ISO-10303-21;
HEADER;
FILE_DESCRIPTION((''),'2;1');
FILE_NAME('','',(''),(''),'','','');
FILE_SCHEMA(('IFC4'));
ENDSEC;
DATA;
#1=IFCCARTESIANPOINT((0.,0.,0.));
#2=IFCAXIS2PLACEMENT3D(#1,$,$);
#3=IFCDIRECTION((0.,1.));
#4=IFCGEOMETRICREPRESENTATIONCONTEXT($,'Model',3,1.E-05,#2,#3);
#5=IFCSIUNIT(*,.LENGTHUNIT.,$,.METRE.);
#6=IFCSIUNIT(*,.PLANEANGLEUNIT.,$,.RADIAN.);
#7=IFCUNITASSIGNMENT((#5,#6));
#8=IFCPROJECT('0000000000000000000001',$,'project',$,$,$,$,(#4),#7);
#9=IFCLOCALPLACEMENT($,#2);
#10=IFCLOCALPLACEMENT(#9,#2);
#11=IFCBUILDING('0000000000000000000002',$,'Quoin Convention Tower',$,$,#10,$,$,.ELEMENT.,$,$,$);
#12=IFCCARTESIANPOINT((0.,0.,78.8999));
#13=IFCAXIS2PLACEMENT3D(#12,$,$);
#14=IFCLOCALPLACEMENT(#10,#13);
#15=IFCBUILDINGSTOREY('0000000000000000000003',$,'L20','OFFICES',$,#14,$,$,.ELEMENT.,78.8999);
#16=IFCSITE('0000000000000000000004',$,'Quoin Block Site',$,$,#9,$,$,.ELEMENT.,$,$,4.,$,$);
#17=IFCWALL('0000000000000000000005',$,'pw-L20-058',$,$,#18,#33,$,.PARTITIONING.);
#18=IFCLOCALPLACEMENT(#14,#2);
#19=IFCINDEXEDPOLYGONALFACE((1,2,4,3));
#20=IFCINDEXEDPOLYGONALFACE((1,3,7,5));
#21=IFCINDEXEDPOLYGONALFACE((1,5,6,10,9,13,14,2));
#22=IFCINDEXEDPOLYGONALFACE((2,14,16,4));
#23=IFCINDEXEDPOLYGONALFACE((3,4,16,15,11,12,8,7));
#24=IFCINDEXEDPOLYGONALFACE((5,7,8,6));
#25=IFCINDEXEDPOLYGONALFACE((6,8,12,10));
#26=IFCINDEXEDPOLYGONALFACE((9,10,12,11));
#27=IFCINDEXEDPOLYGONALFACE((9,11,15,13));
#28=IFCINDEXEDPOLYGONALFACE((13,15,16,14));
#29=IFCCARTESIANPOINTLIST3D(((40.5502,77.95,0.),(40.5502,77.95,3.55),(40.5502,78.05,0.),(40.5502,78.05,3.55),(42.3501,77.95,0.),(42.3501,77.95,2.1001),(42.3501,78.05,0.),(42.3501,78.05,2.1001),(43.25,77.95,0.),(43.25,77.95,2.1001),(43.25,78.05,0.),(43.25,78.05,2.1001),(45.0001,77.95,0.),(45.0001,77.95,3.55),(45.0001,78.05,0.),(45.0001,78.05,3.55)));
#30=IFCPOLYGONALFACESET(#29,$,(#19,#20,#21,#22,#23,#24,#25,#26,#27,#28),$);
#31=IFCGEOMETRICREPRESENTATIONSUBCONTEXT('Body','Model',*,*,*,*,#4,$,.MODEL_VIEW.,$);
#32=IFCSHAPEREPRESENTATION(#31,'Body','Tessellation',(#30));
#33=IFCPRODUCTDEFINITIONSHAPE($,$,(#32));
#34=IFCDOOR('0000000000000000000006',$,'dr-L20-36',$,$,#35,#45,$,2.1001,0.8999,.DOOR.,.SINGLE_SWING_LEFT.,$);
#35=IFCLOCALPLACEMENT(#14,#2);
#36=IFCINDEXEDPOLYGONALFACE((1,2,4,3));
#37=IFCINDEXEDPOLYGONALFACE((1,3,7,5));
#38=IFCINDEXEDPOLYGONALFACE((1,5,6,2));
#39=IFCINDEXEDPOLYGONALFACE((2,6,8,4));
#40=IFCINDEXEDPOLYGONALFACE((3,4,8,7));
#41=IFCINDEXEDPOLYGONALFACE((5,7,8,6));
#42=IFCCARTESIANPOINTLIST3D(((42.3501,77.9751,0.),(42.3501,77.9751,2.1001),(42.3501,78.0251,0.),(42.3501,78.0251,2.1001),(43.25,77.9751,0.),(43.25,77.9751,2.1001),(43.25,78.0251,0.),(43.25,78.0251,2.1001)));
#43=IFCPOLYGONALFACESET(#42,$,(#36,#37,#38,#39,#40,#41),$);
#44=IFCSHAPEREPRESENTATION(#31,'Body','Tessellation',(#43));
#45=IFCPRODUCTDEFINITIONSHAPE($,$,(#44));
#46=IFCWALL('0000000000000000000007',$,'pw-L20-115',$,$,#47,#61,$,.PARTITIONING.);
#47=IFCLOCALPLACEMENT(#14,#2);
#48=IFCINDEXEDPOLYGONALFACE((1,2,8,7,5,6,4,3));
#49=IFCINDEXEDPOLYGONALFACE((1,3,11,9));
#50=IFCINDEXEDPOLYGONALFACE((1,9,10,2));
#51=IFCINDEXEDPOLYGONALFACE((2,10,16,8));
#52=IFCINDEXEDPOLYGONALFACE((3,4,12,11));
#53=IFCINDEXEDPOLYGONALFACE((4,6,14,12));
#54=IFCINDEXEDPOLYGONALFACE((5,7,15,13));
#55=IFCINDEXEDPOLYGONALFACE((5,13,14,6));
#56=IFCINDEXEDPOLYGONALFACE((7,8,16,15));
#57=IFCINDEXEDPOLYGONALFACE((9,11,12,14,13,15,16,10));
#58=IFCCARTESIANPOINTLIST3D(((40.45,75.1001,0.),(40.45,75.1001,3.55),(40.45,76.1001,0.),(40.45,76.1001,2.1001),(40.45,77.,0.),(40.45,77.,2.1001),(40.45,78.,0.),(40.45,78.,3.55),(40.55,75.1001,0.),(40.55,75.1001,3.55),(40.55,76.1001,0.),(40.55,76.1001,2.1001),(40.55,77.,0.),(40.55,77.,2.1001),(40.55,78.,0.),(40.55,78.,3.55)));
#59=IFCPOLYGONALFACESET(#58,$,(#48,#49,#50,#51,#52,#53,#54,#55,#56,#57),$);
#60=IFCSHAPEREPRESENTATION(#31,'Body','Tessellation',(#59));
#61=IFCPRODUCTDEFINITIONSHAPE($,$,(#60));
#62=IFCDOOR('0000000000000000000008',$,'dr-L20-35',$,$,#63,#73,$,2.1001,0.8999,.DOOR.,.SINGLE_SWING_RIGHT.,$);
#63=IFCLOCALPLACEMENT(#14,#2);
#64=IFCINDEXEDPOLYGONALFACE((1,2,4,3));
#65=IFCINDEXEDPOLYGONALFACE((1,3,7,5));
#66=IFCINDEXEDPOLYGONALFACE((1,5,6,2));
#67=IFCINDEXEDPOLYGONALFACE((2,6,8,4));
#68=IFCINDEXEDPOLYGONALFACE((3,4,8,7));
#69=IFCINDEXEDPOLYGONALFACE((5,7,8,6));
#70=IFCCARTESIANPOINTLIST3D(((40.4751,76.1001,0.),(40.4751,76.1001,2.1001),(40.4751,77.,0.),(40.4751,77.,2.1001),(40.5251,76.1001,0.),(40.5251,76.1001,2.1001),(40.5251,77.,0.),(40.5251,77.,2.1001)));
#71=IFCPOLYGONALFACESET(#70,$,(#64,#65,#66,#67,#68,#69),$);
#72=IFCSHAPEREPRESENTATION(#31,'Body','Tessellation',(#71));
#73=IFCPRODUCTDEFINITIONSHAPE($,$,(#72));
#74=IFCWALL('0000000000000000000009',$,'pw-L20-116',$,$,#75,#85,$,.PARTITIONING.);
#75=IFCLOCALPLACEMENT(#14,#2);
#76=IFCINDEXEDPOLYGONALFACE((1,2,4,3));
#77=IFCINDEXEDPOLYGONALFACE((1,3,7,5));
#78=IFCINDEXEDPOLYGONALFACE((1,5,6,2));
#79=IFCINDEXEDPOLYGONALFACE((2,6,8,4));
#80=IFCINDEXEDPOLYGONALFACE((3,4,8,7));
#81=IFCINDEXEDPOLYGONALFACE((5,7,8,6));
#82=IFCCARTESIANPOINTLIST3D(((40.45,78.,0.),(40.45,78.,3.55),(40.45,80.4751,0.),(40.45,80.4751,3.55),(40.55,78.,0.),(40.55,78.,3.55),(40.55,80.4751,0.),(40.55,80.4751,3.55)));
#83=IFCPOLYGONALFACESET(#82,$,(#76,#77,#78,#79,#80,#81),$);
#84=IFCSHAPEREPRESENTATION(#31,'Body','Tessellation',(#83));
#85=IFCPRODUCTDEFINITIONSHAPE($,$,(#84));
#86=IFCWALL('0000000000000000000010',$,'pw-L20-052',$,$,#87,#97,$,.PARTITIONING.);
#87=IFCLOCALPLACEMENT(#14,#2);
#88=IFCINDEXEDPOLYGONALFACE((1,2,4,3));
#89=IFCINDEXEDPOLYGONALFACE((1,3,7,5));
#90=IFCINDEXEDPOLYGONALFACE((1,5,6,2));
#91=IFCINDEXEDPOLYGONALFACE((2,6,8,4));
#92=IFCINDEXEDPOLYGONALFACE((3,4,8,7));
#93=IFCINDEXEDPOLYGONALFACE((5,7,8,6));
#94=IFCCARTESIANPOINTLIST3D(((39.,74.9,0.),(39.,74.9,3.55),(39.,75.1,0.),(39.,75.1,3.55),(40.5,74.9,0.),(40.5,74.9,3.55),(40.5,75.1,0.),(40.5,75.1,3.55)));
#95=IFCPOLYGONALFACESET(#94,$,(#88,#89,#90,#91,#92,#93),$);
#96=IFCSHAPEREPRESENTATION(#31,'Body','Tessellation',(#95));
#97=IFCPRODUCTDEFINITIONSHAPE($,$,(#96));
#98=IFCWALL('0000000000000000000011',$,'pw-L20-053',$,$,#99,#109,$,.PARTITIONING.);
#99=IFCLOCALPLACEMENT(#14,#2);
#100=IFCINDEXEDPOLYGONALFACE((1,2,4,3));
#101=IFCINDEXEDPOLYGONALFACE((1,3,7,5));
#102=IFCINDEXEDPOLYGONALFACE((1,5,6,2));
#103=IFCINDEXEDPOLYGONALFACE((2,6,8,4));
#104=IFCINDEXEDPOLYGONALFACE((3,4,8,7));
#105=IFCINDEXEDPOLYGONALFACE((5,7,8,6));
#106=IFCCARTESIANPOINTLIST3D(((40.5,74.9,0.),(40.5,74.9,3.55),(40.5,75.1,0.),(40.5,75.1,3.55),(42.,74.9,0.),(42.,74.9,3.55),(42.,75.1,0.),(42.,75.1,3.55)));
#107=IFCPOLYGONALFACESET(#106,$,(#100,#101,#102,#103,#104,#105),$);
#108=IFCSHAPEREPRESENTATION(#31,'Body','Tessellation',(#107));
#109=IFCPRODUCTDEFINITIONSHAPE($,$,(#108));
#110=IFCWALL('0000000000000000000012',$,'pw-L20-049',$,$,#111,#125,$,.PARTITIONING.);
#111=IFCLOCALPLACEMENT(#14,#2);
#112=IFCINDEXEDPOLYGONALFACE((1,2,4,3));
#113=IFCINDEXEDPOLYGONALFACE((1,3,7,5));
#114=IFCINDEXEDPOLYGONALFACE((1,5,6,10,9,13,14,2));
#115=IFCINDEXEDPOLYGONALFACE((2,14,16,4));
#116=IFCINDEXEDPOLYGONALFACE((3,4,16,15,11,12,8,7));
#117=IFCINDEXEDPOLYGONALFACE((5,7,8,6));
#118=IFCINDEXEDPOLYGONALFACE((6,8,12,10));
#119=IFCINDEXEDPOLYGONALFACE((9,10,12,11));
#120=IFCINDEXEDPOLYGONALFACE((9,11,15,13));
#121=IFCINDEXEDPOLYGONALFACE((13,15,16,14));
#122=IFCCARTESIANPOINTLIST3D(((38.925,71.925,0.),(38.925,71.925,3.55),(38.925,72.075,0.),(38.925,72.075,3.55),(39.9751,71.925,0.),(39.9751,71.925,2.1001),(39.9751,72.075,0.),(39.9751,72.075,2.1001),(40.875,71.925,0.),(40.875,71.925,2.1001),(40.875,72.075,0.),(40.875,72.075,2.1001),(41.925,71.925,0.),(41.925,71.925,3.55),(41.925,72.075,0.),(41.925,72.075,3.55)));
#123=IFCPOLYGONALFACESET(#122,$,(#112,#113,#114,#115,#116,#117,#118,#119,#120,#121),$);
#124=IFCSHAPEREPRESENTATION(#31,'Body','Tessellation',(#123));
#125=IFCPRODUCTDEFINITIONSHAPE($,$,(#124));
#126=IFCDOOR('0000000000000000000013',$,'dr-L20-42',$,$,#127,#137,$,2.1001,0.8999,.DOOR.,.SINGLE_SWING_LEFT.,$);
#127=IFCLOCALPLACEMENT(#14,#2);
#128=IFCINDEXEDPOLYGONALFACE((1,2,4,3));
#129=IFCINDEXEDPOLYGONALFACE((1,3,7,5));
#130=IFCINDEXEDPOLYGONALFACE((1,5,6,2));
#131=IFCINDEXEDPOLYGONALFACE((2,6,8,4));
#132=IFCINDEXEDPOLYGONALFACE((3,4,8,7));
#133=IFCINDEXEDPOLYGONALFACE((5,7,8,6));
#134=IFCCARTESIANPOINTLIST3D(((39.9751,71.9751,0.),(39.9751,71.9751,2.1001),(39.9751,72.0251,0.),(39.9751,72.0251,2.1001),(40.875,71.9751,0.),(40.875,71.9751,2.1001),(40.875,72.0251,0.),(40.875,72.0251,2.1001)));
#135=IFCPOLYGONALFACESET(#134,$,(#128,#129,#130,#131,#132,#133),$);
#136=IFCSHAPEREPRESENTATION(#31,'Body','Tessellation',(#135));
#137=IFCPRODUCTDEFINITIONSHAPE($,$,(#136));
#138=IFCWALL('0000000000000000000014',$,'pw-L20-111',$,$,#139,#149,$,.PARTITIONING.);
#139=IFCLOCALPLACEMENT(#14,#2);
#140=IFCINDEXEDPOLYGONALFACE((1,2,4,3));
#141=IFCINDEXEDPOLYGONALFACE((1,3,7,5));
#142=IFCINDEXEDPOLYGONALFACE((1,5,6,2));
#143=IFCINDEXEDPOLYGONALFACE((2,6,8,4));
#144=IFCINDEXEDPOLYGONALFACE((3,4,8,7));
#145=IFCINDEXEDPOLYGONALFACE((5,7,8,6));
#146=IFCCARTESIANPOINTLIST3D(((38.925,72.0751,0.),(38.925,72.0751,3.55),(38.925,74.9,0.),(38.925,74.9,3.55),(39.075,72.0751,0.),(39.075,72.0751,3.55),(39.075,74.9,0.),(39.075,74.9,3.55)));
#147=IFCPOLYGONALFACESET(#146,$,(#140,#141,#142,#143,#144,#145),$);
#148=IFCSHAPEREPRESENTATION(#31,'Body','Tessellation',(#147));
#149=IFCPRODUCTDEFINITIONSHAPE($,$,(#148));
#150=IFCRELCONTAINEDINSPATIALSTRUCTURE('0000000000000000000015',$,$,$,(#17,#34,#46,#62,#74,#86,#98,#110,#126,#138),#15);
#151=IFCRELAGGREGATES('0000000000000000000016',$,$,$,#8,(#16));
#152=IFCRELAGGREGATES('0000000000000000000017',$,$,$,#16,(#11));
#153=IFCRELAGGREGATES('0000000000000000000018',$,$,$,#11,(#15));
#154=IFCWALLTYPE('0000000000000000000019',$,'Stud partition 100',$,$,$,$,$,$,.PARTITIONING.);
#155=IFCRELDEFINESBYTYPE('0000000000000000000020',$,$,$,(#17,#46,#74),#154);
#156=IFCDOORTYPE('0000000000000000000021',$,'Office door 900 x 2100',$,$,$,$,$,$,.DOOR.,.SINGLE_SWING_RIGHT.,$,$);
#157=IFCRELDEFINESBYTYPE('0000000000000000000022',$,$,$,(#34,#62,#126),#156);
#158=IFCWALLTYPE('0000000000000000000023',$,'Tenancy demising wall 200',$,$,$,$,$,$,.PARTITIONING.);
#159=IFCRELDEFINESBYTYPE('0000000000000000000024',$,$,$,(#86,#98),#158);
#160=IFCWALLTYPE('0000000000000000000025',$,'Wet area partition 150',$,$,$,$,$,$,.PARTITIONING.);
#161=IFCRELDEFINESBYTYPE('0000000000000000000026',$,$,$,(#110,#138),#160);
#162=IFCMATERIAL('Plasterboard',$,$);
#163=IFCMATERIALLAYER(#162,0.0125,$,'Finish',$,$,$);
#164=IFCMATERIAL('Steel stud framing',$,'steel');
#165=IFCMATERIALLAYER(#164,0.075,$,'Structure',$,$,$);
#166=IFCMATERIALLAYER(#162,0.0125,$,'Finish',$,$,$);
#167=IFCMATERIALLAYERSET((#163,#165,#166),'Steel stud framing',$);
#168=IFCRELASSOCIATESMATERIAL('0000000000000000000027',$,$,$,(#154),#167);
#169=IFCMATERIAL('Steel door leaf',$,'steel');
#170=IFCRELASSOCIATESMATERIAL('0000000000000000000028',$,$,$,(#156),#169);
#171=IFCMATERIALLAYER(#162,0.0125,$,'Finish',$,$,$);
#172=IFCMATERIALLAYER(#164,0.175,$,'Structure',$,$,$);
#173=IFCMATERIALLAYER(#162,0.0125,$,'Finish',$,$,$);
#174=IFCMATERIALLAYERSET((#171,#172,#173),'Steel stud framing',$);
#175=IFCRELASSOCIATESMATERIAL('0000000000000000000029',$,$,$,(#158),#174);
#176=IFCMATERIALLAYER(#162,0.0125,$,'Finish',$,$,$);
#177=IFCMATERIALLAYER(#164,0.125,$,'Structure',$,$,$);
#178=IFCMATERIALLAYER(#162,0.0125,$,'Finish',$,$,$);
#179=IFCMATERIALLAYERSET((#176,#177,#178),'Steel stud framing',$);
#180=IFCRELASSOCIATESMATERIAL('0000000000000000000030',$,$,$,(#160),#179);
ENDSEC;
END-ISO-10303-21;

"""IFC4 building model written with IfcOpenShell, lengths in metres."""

from ifc_helpers import new_model, si_unit, direction, frame, frame_2d, origin, place, context, subcontext, project, spatial, rectangle, extrude, material, layer, layer_set, type_object, element, fill, save


model = new_model("IFC4")

# Units and contexts
model_context = context("Model", 3, precision=1e-05, world=origin(), true_north=direction((0.0, 1.0)))
body_context = subcontext(model_context, "Body", "Model", "MODEL_VIEW")
ifc_project = project(units=[si_unit("LENGTHUNIT", "METRE"), si_unit("PLANEANGLEUNIT", "RADIAN")], contexts=[model_context])

# Site, building, storey
site_placement = place(None, origin())
site = spatial("IfcSite", under=ifc_project, at=site_placement, Name="Quoin Block Site", CompositionType="ELEMENT", RefElevation=4.0)
building_placement = place(site_placement, origin())
building = spatial("IfcBuilding", under=site, at=building_placement, Name="Quoin Convention Tower", CompositionType="ELEMENT")
storey_placement = place(building_placement, frame((0.0, 0.0, 78.8999)))
storey = spatial("IfcBuildingStorey", under=building, at=storey_placement, Name="L20", Description="OFFICES", CompositionType="ELEMENT", Elevation=78.8999)

# Shared definitions
ifc_material_1 = material(Name="Plasterboard")
ifc_material_2 = material(Name="Steel stud framing", Category="steel")

# Shared definitions
ifc_material_3 = material(Name="Steel door leaf", Category="steel")

# Walls, openings, doors
ifc_layer_1 = layer(ifc_material_1, 0.0125, Name="Finish")
ifc_layer_2 = layer(ifc_material_2, 0.075, Name="Structure")
ifc_layer_3 = layer(ifc_material_1, 0.0125, Name="Finish")
ifc_layer_set_1 = layer_set([ifc_layer_1, ifc_layer_2, ifc_layer_3], Name="Steel stud framing")
wall_type_1 = type_object("IfcWallType", Name="Stud partition 100", PredefinedType="PARTITIONING", material=ifc_layer_set_1)
wall_1_placement = place(storey_placement, frame((40.55, 78.0, 0.0), z_axis=(0.0, 0.0, 1.0), x_axis=(1.0, 0.0, 0.0)))
wall_1 = element("IfcWall", 1, at=wall_1_placement, inside=storey, type_object=wall_type_1, Name="pw-L20-058", PredefinedType="PARTITIONING", context=body_context, shape_type="SweptSolid", body=[
    extrude(rectangle(XDim=4.45, YDim=0.1001, at=frame_2d((2.2251, 0.0))), origin(), (0.0, 0.0, 1.0), 3.55),
])
opening_1_placement = place(wall_1_placement, frame((1.8, 0.0, 0.0)))
opening_1 = element("IfcOpeningElement", 2, at=opening_1_placement, cuts=wall_1, PredefinedType="OPENING", context=body_context, shape_type="SweptSolid", body=[
    extrude(rectangle(XDim=0.8999, YDim=2.1001, at=frame_2d((0.45, 1.05))), frame((0.0, 0.0601, 0.0), z_axis=(0.0, -1.0, 0.0), x_axis=(1.0, 0.0, 0.0)), (0.0, 0.0, 1.0), 0.1201),
])
door_type_1 = type_object("IfcDoorType", Name="Office door 900 x 2100", OperationType="SINGLE_SWING_RIGHT", PredefinedType="DOOR", material=ifc_material_3)
door_1_placement = place(opening_1_placement, frame((0.8999, 0.0, 0.0), z_axis=(0.0, 0.0, 1.0), x_axis=(-1.0, 0.0, 0.0)))
door_1 = element("IfcDoor", 3, at=door_1_placement, inside=storey, type_object=door_type_1, Name="dr-L20-36", OperationType="SINGLE_SWING_LEFT", OverallHeight=2.1001, OverallWidth=0.8999, PredefinedType="DOOR", context=body_context, shape_type="SweptSolid", body=[
    extrude(rectangle(XDim=0.8999, YDim=2.1001, at=frame_2d((0.45, 1.05))), frame((0.0, 0.0249, 0.0), z_axis=(0.0, -1.0, 0.0), x_axis=(1.0, 0.0, 0.0)), (0.0, 0.0, 1.0), 0.05),
])
fill(opening_1, door_1)
wall_2_placement = place(storey_placement, frame((40.5, 75.1001, 0.0), z_axis=(0.0, 0.0, 1.0), x_axis=(0.0, 1.0, 0.0)))
wall_2 = element("IfcWall", 4, at=wall_2_placement, inside=storey, type_object=wall_type_1, Name="pw-L20-115", PredefinedType="PARTITIONING", context=body_context, shape_type="SweptSolid", body=[
    extrude(rectangle(XDim=2.8999, YDim=0.1001, at=frame_2d((1.45, 0.0))), origin(), (0.0, 0.0, 1.0), 3.55),
])
opening_2_placement = place(wall_2_placement, frame((1.0, 0.0, 0.0)))
opening_2 = element("IfcOpeningElement", 5, at=opening_2_placement, cuts=wall_2, PredefinedType="OPENING", context=body_context, shape_type="SweptSolid", body=[
    extrude(rectangle(XDim=0.8999, YDim=2.1001, at=frame_2d((0.45, 1.05))), frame((0.0, 0.0601, 0.0), z_axis=(0.0, -1.0, 0.0), x_axis=(1.0, 0.0, 0.0)), (0.0, 0.0, 1.0), 0.1201),
])
door_2_placement = place(opening_2_placement, origin())
door_2 = element("IfcDoor", 6, at=door_2_placement, inside=storey, type_object=door_type_1, Name="dr-L20-35", OperationType="SINGLE_SWING_RIGHT", OverallHeight=2.1001, OverallWidth=0.8999, PredefinedType="DOOR", context=body_context, shape_type="SweptSolid", body=[
    extrude(rectangle(XDim=0.8999, YDim=2.1001, at=frame_2d((0.45, 1.05))), frame((0.0, 0.0249, 0.0), z_axis=(0.0, -1.0, 0.0), x_axis=(1.0, 0.0, 0.0)), (0.0, 0.0, 1.0), 0.05),
])
fill(opening_2, door_2)

# Walls
wall_3_placement = place(storey_placement, frame((40.5, 78.0, 0.0), z_axis=(0.0, 0.0, 1.0), x_axis=(0.0, 1.0, 0.0)))
element("IfcWall", 7, at=wall_3_placement, inside=storey, type_object=wall_type_1, Name="pw-L20-116", PredefinedType="PARTITIONING", context=body_context, shape_type="SweptSolid", body=[
    extrude(rectangle(XDim=2.4751, YDim=0.1001, at=frame_2d((1.2375, 0.0))), origin(), (0.0, 0.0, 1.0), 3.55),
])
ifc_layer_4 = layer(ifc_material_1, 0.0125, Name="Finish")
ifc_layer_5 = layer(ifc_material_2, 0.175, Name="Structure")
ifc_layer_6 = layer(ifc_material_1, 0.0125, Name="Finish")
ifc_layer_set_2 = layer_set([ifc_layer_4, ifc_layer_5, ifc_layer_6], Name="Steel stud framing")
wall_type_2 = type_object("IfcWallType", Name="Tenancy demising wall 200", PredefinedType="PARTITIONING", material=ifc_layer_set_2)
for number, where, z_axis, x_axis, name in (
    (8, (39.0, 75.0, 0.0), (0.0, 0.0, 1.0), (1.0, 0.0, 0.0), "pw-L20-052"),
    (9, (40.5, 75.0, 0.0), (0.0, 0.0, 1.0), (1.0, 0.0, 0.0), "pw-L20-053"),
):
    element("IfcWall", number, at=place(storey_placement, frame(where, z_axis=z_axis, x_axis=x_axis)), inside=storey, type_object=wall_type_2, Name=name, PredefinedType="PARTITIONING", context=body_context, shape_type="SweptSolid", body=[
        extrude(rectangle(XDim=1.5, YDim=0.2, at=frame_2d((0.75, 0.0))), origin(), (0.0, 0.0, 1.0), 3.55),
    ])

# Wall, opening, door
ifc_layer_7 = layer(ifc_material_1, 0.0125, Name="Finish")
ifc_layer_8 = layer(ifc_material_2, 0.125, Name="Structure")
ifc_layer_9 = layer(ifc_material_1, 0.0125, Name="Finish")
ifc_layer_set_3 = layer_set([ifc_layer_7, ifc_layer_8, ifc_layer_9], Name="Steel stud framing")
wall_type_3 = type_object("IfcWallType", Name="Wet area partition 150", PredefinedType="PARTITIONING", material=ifc_layer_set_3)
wall_4_placement = place(storey_placement, frame((38.925, 72.0, 0.0), z_axis=(0.0, 0.0, 1.0), x_axis=(1.0, 0.0, 0.0)))
wall_4 = element("IfcWall", 10, at=wall_4_placement, inside=storey, type_object=wall_type_3, Name="pw-L20-049", PredefinedType="PARTITIONING", context=body_context, shape_type="SweptSolid", body=[
    extrude(rectangle(XDim=3.0, YDim=0.1499, at=frame_2d((1.5, 0.0))), origin(), (0.0, 0.0, 1.0), 3.55),
])
opening_3_placement = place(wall_4_placement, frame((1.05, 0.0, 0.0)))
opening_3 = element("IfcOpeningElement", 11, at=opening_3_placement, cuts=wall_4, PredefinedType="OPENING", context=body_context, shape_type="SweptSolid", body=[
    extrude(rectangle(XDim=0.8999, YDim=2.1001, at=frame_2d((0.45, 1.05))), frame((0.0, 0.085, 0.0), z_axis=(0.0, -1.0, 0.0), x_axis=(1.0, 0.0, 0.0)), (0.0, 0.0, 1.0), 0.1699),
])
door_3_placement = place(opening_3_placement, frame((0.8999, 0.0, 0.0), z_axis=(0.0, 0.0, 1.0), x_axis=(-1.0, 0.0, 0.0)))
door_3 = element("IfcDoor", 12, at=door_3_placement, inside=storey, type_object=door_type_1, Name="dr-L20-42", OperationType="SINGLE_SWING_LEFT", OverallHeight=2.1001, OverallWidth=0.8999, PredefinedType="DOOR", context=body_context, shape_type="SweptSolid", body=[
    extrude(rectangle(XDim=0.8999, YDim=2.1001, at=frame_2d((0.45, 1.05))), frame((0.0, 0.0249, 0.0), z_axis=(0.0, -1.0, 0.0), x_axis=(1.0, 0.0, 0.0)), (0.0, 0.0, 1.0), 0.05),
])
fill(opening_3, door_3)

# Wall
wall_5_placement = place(storey_placement, frame((39.0, 72.075, 0.0), z_axis=(0.0, 0.0, 1.0), x_axis=(0.0, 1.0, 0.0)))
element("IfcWall", 13, at=wall_5_placement, inside=storey, type_object=wall_type_3, Name="pw-L20-111", PredefinedType="PARTITIONING", context=body_context, shape_type="SweptSolid", body=[
    extrude(rectangle(XDim=2.825, YDim=0.1499, at=frame_2d((1.4126, 0.0))), origin(), (0.0, 0.0, 1.0), 3.55),
])

save(model, "model.ifc")
